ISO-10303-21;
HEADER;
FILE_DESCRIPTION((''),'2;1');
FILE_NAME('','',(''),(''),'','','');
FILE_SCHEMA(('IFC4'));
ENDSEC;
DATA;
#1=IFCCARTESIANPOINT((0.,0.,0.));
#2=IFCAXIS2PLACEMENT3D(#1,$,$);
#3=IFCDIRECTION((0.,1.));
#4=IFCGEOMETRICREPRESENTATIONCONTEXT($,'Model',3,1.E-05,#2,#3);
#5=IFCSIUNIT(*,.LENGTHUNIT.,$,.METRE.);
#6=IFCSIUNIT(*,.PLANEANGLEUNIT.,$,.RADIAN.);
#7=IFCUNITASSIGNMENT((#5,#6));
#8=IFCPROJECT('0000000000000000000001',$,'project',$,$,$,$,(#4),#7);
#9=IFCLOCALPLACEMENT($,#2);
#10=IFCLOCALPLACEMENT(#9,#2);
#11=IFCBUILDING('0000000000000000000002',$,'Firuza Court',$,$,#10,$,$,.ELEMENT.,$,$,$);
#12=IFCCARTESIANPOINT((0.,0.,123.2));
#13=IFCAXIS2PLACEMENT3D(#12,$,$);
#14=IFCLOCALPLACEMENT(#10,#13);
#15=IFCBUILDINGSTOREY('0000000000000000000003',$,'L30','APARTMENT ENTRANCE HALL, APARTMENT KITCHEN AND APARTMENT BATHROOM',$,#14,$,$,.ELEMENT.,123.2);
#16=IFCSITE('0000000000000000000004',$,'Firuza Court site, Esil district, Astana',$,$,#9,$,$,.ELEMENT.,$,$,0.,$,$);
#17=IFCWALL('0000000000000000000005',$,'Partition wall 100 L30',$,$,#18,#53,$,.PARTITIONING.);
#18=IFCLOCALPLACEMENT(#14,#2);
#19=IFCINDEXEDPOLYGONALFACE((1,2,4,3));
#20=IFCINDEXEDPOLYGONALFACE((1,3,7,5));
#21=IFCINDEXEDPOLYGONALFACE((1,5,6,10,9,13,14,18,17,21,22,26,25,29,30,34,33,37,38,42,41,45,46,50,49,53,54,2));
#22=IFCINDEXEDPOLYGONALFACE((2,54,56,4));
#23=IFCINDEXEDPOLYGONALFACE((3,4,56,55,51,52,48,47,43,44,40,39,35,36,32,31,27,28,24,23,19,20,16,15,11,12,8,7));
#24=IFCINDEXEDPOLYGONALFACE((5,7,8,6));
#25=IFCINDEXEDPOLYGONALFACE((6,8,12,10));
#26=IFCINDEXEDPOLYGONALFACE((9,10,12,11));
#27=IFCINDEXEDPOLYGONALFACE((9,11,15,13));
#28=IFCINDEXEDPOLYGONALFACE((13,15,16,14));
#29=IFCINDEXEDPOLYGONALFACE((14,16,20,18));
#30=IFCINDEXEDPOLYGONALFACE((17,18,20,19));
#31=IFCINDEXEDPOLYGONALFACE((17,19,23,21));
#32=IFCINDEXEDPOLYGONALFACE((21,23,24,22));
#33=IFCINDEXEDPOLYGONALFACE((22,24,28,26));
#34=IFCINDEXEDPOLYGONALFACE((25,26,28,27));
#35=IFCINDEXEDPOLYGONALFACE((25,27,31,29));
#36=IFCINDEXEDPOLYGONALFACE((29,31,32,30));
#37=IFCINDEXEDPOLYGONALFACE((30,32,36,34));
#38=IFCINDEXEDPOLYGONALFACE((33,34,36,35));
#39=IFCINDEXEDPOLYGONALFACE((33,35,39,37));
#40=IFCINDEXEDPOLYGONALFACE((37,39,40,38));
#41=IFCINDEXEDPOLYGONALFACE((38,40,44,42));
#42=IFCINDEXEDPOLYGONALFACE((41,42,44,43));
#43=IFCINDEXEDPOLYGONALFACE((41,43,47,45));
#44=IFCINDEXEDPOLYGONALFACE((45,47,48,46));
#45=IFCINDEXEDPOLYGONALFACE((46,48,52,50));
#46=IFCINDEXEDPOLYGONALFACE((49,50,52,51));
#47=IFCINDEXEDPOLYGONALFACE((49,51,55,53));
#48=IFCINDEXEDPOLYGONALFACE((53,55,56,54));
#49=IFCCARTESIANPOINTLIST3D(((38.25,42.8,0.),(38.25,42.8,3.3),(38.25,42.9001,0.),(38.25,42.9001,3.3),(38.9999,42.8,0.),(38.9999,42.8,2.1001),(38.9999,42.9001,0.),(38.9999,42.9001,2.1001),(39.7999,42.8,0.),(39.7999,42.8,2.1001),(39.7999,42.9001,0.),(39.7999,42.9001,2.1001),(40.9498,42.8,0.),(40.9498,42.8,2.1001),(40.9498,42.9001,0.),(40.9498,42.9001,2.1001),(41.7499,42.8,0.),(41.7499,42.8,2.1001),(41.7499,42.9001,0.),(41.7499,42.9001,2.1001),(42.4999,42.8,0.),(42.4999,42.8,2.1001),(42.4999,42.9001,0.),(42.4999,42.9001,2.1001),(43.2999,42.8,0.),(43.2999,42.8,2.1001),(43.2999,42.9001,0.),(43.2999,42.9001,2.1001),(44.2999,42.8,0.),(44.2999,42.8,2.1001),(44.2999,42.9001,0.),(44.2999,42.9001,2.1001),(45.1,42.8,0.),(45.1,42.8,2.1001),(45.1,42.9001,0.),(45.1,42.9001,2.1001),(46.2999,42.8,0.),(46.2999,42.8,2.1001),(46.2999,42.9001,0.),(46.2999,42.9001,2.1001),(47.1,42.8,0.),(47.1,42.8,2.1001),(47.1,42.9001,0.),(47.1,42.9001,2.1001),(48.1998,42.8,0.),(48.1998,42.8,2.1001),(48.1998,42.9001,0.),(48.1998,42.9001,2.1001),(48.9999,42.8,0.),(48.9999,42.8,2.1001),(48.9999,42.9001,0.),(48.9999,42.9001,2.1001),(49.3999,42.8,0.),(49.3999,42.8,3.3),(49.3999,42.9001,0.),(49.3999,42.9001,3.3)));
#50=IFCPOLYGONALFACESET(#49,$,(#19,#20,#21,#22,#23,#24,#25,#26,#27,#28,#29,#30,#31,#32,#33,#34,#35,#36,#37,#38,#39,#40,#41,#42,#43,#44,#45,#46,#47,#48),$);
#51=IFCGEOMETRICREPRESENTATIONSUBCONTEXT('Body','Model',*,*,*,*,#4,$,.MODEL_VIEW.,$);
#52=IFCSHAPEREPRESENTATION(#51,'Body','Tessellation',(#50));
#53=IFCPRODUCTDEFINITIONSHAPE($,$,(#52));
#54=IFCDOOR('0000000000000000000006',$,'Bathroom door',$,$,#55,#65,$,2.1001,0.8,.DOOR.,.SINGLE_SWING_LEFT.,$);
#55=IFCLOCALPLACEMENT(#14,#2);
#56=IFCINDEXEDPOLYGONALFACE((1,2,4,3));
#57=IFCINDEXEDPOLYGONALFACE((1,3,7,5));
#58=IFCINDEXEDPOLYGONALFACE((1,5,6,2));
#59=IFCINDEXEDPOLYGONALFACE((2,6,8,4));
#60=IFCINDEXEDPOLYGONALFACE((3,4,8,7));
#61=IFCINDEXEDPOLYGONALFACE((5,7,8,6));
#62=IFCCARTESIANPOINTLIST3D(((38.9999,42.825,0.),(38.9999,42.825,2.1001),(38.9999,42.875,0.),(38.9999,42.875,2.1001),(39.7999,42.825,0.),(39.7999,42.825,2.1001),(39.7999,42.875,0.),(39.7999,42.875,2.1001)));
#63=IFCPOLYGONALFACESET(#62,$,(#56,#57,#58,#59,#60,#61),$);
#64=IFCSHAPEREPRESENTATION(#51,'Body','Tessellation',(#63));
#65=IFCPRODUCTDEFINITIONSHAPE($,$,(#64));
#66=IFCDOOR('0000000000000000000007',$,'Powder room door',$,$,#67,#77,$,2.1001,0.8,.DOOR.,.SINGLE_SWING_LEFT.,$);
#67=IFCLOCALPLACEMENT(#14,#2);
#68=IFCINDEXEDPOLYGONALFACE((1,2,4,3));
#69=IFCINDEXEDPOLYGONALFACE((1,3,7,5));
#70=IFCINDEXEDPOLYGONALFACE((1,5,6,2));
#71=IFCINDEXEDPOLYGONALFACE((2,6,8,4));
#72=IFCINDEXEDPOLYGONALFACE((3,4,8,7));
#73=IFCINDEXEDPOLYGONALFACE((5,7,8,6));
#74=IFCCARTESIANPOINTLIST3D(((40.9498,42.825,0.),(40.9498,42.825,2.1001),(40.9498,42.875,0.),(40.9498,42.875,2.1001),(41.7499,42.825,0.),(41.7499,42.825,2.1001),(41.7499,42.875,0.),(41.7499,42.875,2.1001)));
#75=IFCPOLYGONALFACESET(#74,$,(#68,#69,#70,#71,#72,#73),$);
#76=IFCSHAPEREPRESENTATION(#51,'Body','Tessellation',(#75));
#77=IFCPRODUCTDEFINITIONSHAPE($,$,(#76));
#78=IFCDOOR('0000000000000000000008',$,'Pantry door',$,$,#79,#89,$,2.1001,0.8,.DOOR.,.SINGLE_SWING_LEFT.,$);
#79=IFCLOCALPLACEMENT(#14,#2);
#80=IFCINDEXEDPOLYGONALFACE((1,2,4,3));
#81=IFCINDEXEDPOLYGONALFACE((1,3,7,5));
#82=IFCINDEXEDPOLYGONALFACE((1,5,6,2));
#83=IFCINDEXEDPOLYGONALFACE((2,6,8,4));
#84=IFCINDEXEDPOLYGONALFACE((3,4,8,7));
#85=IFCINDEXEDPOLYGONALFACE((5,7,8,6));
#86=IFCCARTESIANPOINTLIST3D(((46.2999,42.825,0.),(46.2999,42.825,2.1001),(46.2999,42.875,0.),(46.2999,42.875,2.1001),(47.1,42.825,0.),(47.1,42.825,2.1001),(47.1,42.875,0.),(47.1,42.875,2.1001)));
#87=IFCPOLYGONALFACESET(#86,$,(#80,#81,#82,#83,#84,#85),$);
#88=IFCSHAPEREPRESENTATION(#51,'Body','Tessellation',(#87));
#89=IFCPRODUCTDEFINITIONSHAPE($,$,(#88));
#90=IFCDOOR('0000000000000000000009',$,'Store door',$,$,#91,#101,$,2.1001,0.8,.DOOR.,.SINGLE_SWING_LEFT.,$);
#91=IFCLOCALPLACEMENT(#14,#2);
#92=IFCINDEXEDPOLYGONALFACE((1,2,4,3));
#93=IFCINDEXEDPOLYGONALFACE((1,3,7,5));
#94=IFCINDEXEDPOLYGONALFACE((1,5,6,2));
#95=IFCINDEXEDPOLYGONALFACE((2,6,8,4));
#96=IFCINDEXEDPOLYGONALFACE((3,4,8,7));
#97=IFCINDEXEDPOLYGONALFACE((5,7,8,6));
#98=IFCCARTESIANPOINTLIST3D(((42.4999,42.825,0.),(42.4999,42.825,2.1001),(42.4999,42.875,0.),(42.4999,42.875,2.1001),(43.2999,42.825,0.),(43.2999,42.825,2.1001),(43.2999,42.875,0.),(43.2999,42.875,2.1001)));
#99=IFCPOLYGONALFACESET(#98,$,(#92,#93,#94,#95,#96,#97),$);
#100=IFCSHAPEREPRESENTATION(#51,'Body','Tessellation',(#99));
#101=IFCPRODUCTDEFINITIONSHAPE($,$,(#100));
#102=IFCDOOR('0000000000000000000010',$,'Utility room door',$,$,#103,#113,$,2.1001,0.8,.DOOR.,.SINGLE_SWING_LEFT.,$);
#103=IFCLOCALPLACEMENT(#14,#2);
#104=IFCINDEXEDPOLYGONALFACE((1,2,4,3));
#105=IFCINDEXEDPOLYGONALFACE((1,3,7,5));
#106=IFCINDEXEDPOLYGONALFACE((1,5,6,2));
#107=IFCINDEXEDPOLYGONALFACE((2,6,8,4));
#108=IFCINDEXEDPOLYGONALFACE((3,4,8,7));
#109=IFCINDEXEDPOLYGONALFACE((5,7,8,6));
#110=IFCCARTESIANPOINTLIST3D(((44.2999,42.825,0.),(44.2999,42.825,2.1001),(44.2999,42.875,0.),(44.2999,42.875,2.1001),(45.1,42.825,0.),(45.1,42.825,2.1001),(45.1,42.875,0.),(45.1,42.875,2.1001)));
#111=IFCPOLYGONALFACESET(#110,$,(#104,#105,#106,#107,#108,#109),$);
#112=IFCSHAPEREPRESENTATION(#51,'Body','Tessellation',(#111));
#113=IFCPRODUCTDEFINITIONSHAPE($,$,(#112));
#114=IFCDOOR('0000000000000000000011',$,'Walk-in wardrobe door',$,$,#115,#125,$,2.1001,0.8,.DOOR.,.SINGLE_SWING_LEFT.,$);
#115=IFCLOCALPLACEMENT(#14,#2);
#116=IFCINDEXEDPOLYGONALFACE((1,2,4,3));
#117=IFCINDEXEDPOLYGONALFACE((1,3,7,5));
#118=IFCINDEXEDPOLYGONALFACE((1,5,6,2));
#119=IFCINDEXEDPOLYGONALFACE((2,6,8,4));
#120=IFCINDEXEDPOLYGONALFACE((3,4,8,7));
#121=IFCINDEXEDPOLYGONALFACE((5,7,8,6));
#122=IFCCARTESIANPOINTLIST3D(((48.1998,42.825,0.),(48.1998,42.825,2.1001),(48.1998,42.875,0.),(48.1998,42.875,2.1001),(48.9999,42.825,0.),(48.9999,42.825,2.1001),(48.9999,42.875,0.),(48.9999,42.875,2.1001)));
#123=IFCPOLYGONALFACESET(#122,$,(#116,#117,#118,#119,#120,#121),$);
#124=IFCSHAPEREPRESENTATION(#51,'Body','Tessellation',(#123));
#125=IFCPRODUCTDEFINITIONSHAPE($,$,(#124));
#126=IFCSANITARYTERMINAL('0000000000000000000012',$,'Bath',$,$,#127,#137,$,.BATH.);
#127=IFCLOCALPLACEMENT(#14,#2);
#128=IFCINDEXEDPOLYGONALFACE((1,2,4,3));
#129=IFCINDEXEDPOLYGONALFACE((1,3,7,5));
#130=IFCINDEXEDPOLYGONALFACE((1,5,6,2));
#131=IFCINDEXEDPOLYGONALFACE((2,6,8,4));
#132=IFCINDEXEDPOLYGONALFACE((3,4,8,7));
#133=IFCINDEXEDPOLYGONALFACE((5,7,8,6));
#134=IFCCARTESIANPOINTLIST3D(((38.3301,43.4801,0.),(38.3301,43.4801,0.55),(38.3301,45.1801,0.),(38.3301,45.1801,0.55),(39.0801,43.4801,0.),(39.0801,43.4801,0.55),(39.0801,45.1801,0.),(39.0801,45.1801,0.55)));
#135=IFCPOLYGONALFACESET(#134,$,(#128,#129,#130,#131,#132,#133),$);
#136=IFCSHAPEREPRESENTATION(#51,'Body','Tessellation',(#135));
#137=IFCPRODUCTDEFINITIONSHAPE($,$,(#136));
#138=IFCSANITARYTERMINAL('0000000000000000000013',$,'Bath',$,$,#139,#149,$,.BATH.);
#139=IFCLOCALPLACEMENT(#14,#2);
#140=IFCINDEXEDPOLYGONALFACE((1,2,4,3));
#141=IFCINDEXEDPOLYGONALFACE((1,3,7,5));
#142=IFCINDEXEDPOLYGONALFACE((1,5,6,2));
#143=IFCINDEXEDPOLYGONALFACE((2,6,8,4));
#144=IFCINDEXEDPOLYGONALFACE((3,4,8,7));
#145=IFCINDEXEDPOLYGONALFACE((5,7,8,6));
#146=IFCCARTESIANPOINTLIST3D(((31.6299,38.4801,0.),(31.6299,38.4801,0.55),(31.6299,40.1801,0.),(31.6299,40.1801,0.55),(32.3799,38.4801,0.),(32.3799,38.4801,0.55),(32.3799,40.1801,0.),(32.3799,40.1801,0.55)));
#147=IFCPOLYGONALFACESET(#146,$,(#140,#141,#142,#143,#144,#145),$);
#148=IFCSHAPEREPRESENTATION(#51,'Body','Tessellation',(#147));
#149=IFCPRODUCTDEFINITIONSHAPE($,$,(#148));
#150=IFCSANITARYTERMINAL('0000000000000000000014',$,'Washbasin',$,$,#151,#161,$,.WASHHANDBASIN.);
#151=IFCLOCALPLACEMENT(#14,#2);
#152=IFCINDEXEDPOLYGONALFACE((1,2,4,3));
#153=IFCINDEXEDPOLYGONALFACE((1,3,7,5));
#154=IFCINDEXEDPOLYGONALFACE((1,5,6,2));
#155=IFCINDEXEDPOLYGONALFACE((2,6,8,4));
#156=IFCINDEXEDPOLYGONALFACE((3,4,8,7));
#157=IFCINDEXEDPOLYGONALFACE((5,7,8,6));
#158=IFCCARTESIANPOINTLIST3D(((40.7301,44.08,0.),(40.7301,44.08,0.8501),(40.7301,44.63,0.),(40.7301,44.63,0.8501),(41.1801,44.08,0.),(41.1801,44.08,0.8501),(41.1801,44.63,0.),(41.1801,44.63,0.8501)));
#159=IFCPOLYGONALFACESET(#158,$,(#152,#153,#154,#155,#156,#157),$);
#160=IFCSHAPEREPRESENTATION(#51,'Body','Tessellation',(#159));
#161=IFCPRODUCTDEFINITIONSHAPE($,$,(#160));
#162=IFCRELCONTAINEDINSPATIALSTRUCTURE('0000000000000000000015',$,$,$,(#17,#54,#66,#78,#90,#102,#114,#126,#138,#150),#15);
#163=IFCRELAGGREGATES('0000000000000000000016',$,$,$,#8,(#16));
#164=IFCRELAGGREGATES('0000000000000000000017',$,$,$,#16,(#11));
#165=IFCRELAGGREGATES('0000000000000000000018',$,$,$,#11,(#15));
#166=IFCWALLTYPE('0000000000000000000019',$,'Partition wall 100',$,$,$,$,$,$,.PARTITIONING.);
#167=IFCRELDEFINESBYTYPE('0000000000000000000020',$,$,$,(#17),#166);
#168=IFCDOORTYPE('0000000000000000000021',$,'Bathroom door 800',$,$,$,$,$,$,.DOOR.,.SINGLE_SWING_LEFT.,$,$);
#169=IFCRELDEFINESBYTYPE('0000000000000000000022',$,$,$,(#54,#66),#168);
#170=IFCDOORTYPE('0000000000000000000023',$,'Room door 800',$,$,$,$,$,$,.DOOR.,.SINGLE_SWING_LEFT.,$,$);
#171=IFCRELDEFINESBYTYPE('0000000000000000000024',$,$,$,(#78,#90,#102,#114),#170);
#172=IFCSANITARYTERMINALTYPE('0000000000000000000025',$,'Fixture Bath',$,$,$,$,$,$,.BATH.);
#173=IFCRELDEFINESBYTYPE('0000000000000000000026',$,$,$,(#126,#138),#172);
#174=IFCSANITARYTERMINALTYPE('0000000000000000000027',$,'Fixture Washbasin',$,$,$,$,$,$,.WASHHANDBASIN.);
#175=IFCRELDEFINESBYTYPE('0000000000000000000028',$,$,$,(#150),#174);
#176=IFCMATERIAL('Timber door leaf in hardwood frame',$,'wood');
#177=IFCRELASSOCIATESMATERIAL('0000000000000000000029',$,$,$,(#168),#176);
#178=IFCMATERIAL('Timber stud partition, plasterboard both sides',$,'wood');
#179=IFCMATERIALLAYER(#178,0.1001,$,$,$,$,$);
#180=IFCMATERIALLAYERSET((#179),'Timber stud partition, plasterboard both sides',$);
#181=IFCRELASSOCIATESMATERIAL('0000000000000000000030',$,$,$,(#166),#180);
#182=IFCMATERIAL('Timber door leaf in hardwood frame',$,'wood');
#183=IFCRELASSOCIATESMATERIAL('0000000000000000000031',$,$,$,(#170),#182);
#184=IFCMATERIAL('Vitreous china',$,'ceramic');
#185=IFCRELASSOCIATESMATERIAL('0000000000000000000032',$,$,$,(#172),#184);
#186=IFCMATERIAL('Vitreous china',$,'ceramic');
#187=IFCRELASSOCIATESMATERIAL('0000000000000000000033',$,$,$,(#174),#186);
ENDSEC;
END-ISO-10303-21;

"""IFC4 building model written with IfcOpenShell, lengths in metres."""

from ifc_helpers import new_model, si_unit, direction, frame, frame_2d, origin, origin_2d, place, context, subcontext, project, spatial, rectangle, extrude, material, layer, layer_set, type_object, element, fill, save


model = new_model("IFC4")

# Units and contexts
model_context = context("Model", 3, precision=1e-05, world=origin(), true_north=direction((0.0, 1.0)))
body_context = subcontext(model_context, "Body", "Model", "MODEL_VIEW")
ifc_project = project(units=[si_unit("LENGTHUNIT", "METRE"), si_unit("PLANEANGLEUNIT", "RADIAN")], contexts=[model_context])

# Site, building, storey
site_placement = place(None, origin())
site = spatial("IfcSite", under=ifc_project, at=site_placement, Name="Firuza Court site, Esil district, Astana", CompositionType="ELEMENT", RefElevation=0.0)
building_placement = place(site_placement, origin())
building = spatial("IfcBuilding", under=site, at=building_placement, Name="Firuza Court", CompositionType="ELEMENT")
storey_placement = place(building_placement, frame((0.0, 0.0, 123.2)))
storey = spatial("IfcBuildingStorey", under=building, at=storey_placement, Name="L30", Description="APARTMENT ENTRANCE HALL, APARTMENT KITCHEN AND APARTMENT BATHROOM", CompositionType="ELEMENT", Elevation=123.2)

# Shared definitions
ifc_material_1 = material(Name="Timber door leaf in hardwood frame", Category="wood")
door_type_1 = type_object("IfcDoorType", Name="Bathroom door 800", OperationType="SINGLE_SWING_LEFT", PredefinedType="DOOR", material=ifc_material_1)

# Shared definitions
ifc_material_2 = material(Name="Timber stud partition, plasterboard both sides", Category="wood")
ifc_layer_1 = layer(ifc_material_2, 0.1001)
ifc_layer_set_1 = layer_set([ifc_layer_1], Name="Timber stud partition, plasterboard both sides")
wall_type_1 = type_object("IfcWallType", Name="Partition wall 100", PredefinedType="PARTITIONING", material=ifc_layer_set_1)

# Wall, openings, doors
wall_1_placement = place(storey_placement, frame((38.25, 42.8501, 0.0), z_axis=(0.0, 0.0, 1.0), x_axis=(1.0, 0.0, 0.0)))
wall_1 = element("IfcWall", 1, at=wall_1_placement, inside=storey, type_object=wall_type_1, Name="Partition wall 100 L30", PredefinedType="PARTITIONING", context=body_context, shape_type="SweptSolid", body=[
    extrude(rectangle(XDim=11.1499, YDim=0.1001, at=frame_2d((5.575, 0.0))), origin(), (0.0, 0.0, 1.0), 3.3),
])
opening_1_placement = place(wall_1_placement, frame((0.75, 0.0, 0.0)))
opening_1 = element("IfcOpeningElement", 2, at=opening_1_placement, cuts=wall_1, PredefinedType="OPENING", context=body_context, shape_type="SweptSolid", body=[
    extrude(rectangle(XDim=0.8, YDim=2.1001, at=frame_2d((0.3999, 1.05))), frame((0.0, 0.062, 0.0), z_axis=(0.0, -1.0, 0.0), x_axis=(1.0, 0.0, 0.0)), (0.0, 0.0, 1.0), 0.124),
])
opening_2_placement = place(wall_1_placement, frame((8.05, 0.0, 0.0)))
opening_2 = element("IfcOpeningElement", 3, at=opening_2_placement, cuts=wall_1, PredefinedType="OPENING", context=body_context, shape_type="SweptSolid", body=[
    extrude(rectangle(XDim=0.8, YDim=2.1001, at=frame_2d((0.3999, 1.05))), frame((0.0, 0.062, 0.0), z_axis=(0.0, -1.0, 0.0), x_axis=(1.0, 0.0, 0.0)), (0.0, 0.0, 1.0), 0.124),
])
opening_3_placement = place(wall_1_placement, frame((4.25, 0.0, 0.0)))
opening_3 = element("IfcOpeningElement", 4, at=opening_3_placement, cuts=wall_1, PredefinedType="OPENING", context=body_context, shape_type="SweptSolid", body=[
    extrude(rectangle(XDim=0.8, YDim=2.1001, at=frame_2d((0.3999, 1.05))), frame((0.0, 0.062, 0.0), z_axis=(0.0, -1.0, 0.0), x_axis=(1.0, 0.0, 0.0)), (0.0, 0.0, 1.0), 0.124),
])
opening_4_placement = place(wall_1_placement, frame((6.05, 0.0, 0.0)))
opening_4 = element("IfcOpeningElement", 5, at=opening_4_placement, cuts=wall_1, PredefinedType="OPENING", context=body_context, shape_type="SweptSolid", body=[
    extrude(rectangle(XDim=0.8, YDim=2.1001, at=frame_2d((0.3999, 1.05))), frame((0.0, 0.062, 0.0), z_axis=(0.0, -1.0, 0.0), x_axis=(1.0, 0.0, 0.0)), (0.0, 0.0, 1.0), 0.124),
])
opening_5_placement = place(wall_1_placement, frame((9.95, 0.0, 0.0)))
opening_5 = element("IfcOpeningElement", 6, at=opening_5_placement, cuts=wall_1, PredefinedType="OPENING", context=body_context, shape_type="SweptSolid", body=[
    extrude(rectangle(XDim=0.8, YDim=2.1001, at=frame_2d((0.3999, 1.05))), frame((0.0, 0.062, 0.0), z_axis=(0.0, -1.0, 0.0), x_axis=(1.0, 0.0, 0.0)), (0.0, 0.0, 1.0), 0.124),
])
opening_6_placement = place(wall_1_placement, frame((2.7, 0.0, 0.0)))
opening_6 = element("IfcOpeningElement", 7, at=opening_6_placement, cuts=wall_1, PredefinedType="OPENING", context=body_context, shape_type="SweptSolid", body=[
    extrude(rectangle(XDim=0.8, YDim=2.1001, at=frame_2d((0.3999, 1.05))), frame((0.0, 0.062, 0.0), z_axis=(0.0, -1.0, 0.0), x_axis=(1.0, 0.0, 0.0)), (0.0, 0.0, 1.0), 0.124),
])
door_1_placement = place(opening_1_placement, origin())
door_1 = element("IfcDoor", 8, at=door_1_placement, inside=storey, type_object=door_type_1, Name="Bathroom door", OperationType="SINGLE_SWING_LEFT", OverallHeight=2.1001, OverallWidth=0.8, PredefinedType="DOOR", context=body_context, shape_type="SweptSolid", body=[
    extrude(rectangle(XDim=0.8, YDim=2.1001, at=frame_2d((0.3999, 1.05))), frame((0.0, 0.0249, 0.0), z_axis=(0.0, -1.0, 0.0), x_axis=(1.0, 0.0, 0.0)), (0.0, 0.0, 1.0), 0.05),
])
fill(opening_1, door_1)
door_2_placement = place(opening_6_placement, origin())
door_2 = element("IfcDoor", 9, at=door_2_placement, inside=storey, type_object=door_type_1, Name="Powder room door", OperationType="SINGLE_SWING_LEFT", OverallHeight=2.1001, OverallWidth=0.8, PredefinedType="DOOR", context=body_context, shape_type="SweptSolid", body=[
    extrude(rectangle(XDim=0.8, YDim=2.1001, at=frame_2d((0.3999, 1.05))), frame((0.0, 0.0249, 0.0), z_axis=(0.0, -1.0, 0.0), x_axis=(1.0, 0.0, 0.0)), (0.0, 0.0, 1.0), 0.05),
])
fill(opening_6, door_2)
ifc_material_3 = material(Name="Timber door leaf in hardwood frame", Category="wood")
door_type_2 = type_object("IfcDoorType", Name="Room door 800", OperationType="SINGLE_SWING_LEFT", PredefinedType="DOOR", material=ifc_material_3)
door_3_placement = place(opening_2_placement, origin())
door_3 = element("IfcDoor", 10, at=door_3_placement, inside=storey, type_object=door_type_2, Name="Pantry door", OperationType="SINGLE_SWING_LEFT", OverallHeight=2.1001, OverallWidth=0.8, PredefinedType="DOOR", context=body_context, shape_type="SweptSolid", body=[
    extrude(rectangle(XDim=0.8, YDim=2.1001, at=frame_2d((0.3999, 1.05))), frame((0.0, 0.0249, 0.0), z_axis=(0.0, -1.0, 0.0), x_axis=(1.0, 0.0, 0.0)), (0.0, 0.0, 1.0), 0.05),
])
fill(opening_2, door_3)
door_4_placement = place(opening_3_placement, origin())
door_4 = element("IfcDoor", 11, at=door_4_placement, inside=storey, type_object=door_type_2, Name="Store door", OperationType="SINGLE_SWING_LEFT", OverallHeight=2.1001, OverallWidth=0.8, PredefinedType="DOOR", context=body_context, shape_type="SweptSolid", body=[
    extrude(rectangle(XDim=0.8, YDim=2.1001, at=frame_2d((0.3999, 1.05))), frame((0.0, 0.0249, 0.0), z_axis=(0.0, -1.0, 0.0), x_axis=(1.0, 0.0, 0.0)), (0.0, 0.0, 1.0), 0.05),
])
fill(opening_3, door_4)
door_5_placement = place(opening_4_placement, origin())
door_5 = element("IfcDoor", 12, at=door_5_placement, inside=storey, type_object=door_type_2, Name="Utility room door", OperationType="SINGLE_SWING_LEFT", OverallHeight=2.1001, OverallWidth=0.8, PredefinedType="DOOR", context=body_context, shape_type="SweptSolid", body=[
    extrude(rectangle(XDim=0.8, YDim=2.1001, at=frame_2d((0.3999, 1.05))), frame((0.0, 0.0249, 0.0), z_axis=(0.0, -1.0, 0.0), x_axis=(1.0, 0.0, 0.0)), (0.0, 0.0, 1.0), 0.05),
])
fill(opening_4, door_5)
door_6_placement = place(opening_5_placement, origin())
door_6 = element("IfcDoor", 13, at=door_6_placement, inside=storey, type_object=door_type_2, Name="Walk-in wardrobe door", OperationType="SINGLE_SWING_LEFT", OverallHeight=2.1001, OverallWidth=0.8, PredefinedType="DOOR", context=body_context, shape_type="SweptSolid", body=[
    extrude(rectangle(XDim=0.8, YDim=2.1001, at=frame_2d((0.3999, 1.05))), frame((0.0, 0.0249, 0.0), z_axis=(0.0, -1.0, 0.0), x_axis=(1.0, 0.0, 0.0)), (0.0, 0.0, 1.0), 0.05),
])
fill(opening_5, door_6)

# Sanitary terminals
ifc_material_4 = material(Name="Vitreous china", Category="ceramic")
sanitary_terminal_type_1 = type_object("IfcSanitaryTerminalType", Name="Fixture Bath", PredefinedType="BATH", material=ifc_material_4)
for number, where, z_axis, x_axis, name in (
    (14, (38.7051, 44.3301, 0.0), (0.0, 0.0, 1.0), (1.0, 0.0, 0.0), "Bath"),
    (15, (32.0049, 39.3301, 0.0), (0.0, 0.0, 1.0), (1.0, 0.0, 0.0), "Bath"),
):
    element("IfcSanitaryTerminal", number, at=place(storey_placement, frame(where, z_axis=z_axis, x_axis=x_axis)), inside=storey, type_object=sanitary_terminal_type_1, Name=name, PredefinedType="BATH", context=body_context, shape_type="SweptSolid", body=[
        extrude(rectangle(XDim=0.75, YDim=1.7, at=origin_2d()), origin(), (0.0, 0.0, 1.0), 0.55),
    ])
ifc_material_5 = material(Name="Vitreous china", Category="ceramic")
sanitary_terminal_type_2 = type_object("IfcSanitaryTerminalType", Name="Fixture Washbasin", PredefinedType="WASHHANDBASIN", material=ifc_material_5)
sanitary_terminal_1_placement = place(storey_placement, frame((40.9551, 44.355, 0.0), z_axis=(0.0, 0.0, 1.0), x_axis=(1.0, 0.0, 0.0)))
element("IfcSanitaryTerminal", 16, at=sanitary_terminal_1_placement, inside=storey, type_object=sanitary_terminal_type_2, Name="Washbasin", PredefinedType="WASHHANDBASIN", context=body_context, shape_type="SweptSolid", body=[
    extrude(rectangle(XDim=0.45, YDim=0.55, at=origin_2d()), origin(), (0.0, 0.0, 1.0), 0.8501),
])

save(model, "model.ifc")
